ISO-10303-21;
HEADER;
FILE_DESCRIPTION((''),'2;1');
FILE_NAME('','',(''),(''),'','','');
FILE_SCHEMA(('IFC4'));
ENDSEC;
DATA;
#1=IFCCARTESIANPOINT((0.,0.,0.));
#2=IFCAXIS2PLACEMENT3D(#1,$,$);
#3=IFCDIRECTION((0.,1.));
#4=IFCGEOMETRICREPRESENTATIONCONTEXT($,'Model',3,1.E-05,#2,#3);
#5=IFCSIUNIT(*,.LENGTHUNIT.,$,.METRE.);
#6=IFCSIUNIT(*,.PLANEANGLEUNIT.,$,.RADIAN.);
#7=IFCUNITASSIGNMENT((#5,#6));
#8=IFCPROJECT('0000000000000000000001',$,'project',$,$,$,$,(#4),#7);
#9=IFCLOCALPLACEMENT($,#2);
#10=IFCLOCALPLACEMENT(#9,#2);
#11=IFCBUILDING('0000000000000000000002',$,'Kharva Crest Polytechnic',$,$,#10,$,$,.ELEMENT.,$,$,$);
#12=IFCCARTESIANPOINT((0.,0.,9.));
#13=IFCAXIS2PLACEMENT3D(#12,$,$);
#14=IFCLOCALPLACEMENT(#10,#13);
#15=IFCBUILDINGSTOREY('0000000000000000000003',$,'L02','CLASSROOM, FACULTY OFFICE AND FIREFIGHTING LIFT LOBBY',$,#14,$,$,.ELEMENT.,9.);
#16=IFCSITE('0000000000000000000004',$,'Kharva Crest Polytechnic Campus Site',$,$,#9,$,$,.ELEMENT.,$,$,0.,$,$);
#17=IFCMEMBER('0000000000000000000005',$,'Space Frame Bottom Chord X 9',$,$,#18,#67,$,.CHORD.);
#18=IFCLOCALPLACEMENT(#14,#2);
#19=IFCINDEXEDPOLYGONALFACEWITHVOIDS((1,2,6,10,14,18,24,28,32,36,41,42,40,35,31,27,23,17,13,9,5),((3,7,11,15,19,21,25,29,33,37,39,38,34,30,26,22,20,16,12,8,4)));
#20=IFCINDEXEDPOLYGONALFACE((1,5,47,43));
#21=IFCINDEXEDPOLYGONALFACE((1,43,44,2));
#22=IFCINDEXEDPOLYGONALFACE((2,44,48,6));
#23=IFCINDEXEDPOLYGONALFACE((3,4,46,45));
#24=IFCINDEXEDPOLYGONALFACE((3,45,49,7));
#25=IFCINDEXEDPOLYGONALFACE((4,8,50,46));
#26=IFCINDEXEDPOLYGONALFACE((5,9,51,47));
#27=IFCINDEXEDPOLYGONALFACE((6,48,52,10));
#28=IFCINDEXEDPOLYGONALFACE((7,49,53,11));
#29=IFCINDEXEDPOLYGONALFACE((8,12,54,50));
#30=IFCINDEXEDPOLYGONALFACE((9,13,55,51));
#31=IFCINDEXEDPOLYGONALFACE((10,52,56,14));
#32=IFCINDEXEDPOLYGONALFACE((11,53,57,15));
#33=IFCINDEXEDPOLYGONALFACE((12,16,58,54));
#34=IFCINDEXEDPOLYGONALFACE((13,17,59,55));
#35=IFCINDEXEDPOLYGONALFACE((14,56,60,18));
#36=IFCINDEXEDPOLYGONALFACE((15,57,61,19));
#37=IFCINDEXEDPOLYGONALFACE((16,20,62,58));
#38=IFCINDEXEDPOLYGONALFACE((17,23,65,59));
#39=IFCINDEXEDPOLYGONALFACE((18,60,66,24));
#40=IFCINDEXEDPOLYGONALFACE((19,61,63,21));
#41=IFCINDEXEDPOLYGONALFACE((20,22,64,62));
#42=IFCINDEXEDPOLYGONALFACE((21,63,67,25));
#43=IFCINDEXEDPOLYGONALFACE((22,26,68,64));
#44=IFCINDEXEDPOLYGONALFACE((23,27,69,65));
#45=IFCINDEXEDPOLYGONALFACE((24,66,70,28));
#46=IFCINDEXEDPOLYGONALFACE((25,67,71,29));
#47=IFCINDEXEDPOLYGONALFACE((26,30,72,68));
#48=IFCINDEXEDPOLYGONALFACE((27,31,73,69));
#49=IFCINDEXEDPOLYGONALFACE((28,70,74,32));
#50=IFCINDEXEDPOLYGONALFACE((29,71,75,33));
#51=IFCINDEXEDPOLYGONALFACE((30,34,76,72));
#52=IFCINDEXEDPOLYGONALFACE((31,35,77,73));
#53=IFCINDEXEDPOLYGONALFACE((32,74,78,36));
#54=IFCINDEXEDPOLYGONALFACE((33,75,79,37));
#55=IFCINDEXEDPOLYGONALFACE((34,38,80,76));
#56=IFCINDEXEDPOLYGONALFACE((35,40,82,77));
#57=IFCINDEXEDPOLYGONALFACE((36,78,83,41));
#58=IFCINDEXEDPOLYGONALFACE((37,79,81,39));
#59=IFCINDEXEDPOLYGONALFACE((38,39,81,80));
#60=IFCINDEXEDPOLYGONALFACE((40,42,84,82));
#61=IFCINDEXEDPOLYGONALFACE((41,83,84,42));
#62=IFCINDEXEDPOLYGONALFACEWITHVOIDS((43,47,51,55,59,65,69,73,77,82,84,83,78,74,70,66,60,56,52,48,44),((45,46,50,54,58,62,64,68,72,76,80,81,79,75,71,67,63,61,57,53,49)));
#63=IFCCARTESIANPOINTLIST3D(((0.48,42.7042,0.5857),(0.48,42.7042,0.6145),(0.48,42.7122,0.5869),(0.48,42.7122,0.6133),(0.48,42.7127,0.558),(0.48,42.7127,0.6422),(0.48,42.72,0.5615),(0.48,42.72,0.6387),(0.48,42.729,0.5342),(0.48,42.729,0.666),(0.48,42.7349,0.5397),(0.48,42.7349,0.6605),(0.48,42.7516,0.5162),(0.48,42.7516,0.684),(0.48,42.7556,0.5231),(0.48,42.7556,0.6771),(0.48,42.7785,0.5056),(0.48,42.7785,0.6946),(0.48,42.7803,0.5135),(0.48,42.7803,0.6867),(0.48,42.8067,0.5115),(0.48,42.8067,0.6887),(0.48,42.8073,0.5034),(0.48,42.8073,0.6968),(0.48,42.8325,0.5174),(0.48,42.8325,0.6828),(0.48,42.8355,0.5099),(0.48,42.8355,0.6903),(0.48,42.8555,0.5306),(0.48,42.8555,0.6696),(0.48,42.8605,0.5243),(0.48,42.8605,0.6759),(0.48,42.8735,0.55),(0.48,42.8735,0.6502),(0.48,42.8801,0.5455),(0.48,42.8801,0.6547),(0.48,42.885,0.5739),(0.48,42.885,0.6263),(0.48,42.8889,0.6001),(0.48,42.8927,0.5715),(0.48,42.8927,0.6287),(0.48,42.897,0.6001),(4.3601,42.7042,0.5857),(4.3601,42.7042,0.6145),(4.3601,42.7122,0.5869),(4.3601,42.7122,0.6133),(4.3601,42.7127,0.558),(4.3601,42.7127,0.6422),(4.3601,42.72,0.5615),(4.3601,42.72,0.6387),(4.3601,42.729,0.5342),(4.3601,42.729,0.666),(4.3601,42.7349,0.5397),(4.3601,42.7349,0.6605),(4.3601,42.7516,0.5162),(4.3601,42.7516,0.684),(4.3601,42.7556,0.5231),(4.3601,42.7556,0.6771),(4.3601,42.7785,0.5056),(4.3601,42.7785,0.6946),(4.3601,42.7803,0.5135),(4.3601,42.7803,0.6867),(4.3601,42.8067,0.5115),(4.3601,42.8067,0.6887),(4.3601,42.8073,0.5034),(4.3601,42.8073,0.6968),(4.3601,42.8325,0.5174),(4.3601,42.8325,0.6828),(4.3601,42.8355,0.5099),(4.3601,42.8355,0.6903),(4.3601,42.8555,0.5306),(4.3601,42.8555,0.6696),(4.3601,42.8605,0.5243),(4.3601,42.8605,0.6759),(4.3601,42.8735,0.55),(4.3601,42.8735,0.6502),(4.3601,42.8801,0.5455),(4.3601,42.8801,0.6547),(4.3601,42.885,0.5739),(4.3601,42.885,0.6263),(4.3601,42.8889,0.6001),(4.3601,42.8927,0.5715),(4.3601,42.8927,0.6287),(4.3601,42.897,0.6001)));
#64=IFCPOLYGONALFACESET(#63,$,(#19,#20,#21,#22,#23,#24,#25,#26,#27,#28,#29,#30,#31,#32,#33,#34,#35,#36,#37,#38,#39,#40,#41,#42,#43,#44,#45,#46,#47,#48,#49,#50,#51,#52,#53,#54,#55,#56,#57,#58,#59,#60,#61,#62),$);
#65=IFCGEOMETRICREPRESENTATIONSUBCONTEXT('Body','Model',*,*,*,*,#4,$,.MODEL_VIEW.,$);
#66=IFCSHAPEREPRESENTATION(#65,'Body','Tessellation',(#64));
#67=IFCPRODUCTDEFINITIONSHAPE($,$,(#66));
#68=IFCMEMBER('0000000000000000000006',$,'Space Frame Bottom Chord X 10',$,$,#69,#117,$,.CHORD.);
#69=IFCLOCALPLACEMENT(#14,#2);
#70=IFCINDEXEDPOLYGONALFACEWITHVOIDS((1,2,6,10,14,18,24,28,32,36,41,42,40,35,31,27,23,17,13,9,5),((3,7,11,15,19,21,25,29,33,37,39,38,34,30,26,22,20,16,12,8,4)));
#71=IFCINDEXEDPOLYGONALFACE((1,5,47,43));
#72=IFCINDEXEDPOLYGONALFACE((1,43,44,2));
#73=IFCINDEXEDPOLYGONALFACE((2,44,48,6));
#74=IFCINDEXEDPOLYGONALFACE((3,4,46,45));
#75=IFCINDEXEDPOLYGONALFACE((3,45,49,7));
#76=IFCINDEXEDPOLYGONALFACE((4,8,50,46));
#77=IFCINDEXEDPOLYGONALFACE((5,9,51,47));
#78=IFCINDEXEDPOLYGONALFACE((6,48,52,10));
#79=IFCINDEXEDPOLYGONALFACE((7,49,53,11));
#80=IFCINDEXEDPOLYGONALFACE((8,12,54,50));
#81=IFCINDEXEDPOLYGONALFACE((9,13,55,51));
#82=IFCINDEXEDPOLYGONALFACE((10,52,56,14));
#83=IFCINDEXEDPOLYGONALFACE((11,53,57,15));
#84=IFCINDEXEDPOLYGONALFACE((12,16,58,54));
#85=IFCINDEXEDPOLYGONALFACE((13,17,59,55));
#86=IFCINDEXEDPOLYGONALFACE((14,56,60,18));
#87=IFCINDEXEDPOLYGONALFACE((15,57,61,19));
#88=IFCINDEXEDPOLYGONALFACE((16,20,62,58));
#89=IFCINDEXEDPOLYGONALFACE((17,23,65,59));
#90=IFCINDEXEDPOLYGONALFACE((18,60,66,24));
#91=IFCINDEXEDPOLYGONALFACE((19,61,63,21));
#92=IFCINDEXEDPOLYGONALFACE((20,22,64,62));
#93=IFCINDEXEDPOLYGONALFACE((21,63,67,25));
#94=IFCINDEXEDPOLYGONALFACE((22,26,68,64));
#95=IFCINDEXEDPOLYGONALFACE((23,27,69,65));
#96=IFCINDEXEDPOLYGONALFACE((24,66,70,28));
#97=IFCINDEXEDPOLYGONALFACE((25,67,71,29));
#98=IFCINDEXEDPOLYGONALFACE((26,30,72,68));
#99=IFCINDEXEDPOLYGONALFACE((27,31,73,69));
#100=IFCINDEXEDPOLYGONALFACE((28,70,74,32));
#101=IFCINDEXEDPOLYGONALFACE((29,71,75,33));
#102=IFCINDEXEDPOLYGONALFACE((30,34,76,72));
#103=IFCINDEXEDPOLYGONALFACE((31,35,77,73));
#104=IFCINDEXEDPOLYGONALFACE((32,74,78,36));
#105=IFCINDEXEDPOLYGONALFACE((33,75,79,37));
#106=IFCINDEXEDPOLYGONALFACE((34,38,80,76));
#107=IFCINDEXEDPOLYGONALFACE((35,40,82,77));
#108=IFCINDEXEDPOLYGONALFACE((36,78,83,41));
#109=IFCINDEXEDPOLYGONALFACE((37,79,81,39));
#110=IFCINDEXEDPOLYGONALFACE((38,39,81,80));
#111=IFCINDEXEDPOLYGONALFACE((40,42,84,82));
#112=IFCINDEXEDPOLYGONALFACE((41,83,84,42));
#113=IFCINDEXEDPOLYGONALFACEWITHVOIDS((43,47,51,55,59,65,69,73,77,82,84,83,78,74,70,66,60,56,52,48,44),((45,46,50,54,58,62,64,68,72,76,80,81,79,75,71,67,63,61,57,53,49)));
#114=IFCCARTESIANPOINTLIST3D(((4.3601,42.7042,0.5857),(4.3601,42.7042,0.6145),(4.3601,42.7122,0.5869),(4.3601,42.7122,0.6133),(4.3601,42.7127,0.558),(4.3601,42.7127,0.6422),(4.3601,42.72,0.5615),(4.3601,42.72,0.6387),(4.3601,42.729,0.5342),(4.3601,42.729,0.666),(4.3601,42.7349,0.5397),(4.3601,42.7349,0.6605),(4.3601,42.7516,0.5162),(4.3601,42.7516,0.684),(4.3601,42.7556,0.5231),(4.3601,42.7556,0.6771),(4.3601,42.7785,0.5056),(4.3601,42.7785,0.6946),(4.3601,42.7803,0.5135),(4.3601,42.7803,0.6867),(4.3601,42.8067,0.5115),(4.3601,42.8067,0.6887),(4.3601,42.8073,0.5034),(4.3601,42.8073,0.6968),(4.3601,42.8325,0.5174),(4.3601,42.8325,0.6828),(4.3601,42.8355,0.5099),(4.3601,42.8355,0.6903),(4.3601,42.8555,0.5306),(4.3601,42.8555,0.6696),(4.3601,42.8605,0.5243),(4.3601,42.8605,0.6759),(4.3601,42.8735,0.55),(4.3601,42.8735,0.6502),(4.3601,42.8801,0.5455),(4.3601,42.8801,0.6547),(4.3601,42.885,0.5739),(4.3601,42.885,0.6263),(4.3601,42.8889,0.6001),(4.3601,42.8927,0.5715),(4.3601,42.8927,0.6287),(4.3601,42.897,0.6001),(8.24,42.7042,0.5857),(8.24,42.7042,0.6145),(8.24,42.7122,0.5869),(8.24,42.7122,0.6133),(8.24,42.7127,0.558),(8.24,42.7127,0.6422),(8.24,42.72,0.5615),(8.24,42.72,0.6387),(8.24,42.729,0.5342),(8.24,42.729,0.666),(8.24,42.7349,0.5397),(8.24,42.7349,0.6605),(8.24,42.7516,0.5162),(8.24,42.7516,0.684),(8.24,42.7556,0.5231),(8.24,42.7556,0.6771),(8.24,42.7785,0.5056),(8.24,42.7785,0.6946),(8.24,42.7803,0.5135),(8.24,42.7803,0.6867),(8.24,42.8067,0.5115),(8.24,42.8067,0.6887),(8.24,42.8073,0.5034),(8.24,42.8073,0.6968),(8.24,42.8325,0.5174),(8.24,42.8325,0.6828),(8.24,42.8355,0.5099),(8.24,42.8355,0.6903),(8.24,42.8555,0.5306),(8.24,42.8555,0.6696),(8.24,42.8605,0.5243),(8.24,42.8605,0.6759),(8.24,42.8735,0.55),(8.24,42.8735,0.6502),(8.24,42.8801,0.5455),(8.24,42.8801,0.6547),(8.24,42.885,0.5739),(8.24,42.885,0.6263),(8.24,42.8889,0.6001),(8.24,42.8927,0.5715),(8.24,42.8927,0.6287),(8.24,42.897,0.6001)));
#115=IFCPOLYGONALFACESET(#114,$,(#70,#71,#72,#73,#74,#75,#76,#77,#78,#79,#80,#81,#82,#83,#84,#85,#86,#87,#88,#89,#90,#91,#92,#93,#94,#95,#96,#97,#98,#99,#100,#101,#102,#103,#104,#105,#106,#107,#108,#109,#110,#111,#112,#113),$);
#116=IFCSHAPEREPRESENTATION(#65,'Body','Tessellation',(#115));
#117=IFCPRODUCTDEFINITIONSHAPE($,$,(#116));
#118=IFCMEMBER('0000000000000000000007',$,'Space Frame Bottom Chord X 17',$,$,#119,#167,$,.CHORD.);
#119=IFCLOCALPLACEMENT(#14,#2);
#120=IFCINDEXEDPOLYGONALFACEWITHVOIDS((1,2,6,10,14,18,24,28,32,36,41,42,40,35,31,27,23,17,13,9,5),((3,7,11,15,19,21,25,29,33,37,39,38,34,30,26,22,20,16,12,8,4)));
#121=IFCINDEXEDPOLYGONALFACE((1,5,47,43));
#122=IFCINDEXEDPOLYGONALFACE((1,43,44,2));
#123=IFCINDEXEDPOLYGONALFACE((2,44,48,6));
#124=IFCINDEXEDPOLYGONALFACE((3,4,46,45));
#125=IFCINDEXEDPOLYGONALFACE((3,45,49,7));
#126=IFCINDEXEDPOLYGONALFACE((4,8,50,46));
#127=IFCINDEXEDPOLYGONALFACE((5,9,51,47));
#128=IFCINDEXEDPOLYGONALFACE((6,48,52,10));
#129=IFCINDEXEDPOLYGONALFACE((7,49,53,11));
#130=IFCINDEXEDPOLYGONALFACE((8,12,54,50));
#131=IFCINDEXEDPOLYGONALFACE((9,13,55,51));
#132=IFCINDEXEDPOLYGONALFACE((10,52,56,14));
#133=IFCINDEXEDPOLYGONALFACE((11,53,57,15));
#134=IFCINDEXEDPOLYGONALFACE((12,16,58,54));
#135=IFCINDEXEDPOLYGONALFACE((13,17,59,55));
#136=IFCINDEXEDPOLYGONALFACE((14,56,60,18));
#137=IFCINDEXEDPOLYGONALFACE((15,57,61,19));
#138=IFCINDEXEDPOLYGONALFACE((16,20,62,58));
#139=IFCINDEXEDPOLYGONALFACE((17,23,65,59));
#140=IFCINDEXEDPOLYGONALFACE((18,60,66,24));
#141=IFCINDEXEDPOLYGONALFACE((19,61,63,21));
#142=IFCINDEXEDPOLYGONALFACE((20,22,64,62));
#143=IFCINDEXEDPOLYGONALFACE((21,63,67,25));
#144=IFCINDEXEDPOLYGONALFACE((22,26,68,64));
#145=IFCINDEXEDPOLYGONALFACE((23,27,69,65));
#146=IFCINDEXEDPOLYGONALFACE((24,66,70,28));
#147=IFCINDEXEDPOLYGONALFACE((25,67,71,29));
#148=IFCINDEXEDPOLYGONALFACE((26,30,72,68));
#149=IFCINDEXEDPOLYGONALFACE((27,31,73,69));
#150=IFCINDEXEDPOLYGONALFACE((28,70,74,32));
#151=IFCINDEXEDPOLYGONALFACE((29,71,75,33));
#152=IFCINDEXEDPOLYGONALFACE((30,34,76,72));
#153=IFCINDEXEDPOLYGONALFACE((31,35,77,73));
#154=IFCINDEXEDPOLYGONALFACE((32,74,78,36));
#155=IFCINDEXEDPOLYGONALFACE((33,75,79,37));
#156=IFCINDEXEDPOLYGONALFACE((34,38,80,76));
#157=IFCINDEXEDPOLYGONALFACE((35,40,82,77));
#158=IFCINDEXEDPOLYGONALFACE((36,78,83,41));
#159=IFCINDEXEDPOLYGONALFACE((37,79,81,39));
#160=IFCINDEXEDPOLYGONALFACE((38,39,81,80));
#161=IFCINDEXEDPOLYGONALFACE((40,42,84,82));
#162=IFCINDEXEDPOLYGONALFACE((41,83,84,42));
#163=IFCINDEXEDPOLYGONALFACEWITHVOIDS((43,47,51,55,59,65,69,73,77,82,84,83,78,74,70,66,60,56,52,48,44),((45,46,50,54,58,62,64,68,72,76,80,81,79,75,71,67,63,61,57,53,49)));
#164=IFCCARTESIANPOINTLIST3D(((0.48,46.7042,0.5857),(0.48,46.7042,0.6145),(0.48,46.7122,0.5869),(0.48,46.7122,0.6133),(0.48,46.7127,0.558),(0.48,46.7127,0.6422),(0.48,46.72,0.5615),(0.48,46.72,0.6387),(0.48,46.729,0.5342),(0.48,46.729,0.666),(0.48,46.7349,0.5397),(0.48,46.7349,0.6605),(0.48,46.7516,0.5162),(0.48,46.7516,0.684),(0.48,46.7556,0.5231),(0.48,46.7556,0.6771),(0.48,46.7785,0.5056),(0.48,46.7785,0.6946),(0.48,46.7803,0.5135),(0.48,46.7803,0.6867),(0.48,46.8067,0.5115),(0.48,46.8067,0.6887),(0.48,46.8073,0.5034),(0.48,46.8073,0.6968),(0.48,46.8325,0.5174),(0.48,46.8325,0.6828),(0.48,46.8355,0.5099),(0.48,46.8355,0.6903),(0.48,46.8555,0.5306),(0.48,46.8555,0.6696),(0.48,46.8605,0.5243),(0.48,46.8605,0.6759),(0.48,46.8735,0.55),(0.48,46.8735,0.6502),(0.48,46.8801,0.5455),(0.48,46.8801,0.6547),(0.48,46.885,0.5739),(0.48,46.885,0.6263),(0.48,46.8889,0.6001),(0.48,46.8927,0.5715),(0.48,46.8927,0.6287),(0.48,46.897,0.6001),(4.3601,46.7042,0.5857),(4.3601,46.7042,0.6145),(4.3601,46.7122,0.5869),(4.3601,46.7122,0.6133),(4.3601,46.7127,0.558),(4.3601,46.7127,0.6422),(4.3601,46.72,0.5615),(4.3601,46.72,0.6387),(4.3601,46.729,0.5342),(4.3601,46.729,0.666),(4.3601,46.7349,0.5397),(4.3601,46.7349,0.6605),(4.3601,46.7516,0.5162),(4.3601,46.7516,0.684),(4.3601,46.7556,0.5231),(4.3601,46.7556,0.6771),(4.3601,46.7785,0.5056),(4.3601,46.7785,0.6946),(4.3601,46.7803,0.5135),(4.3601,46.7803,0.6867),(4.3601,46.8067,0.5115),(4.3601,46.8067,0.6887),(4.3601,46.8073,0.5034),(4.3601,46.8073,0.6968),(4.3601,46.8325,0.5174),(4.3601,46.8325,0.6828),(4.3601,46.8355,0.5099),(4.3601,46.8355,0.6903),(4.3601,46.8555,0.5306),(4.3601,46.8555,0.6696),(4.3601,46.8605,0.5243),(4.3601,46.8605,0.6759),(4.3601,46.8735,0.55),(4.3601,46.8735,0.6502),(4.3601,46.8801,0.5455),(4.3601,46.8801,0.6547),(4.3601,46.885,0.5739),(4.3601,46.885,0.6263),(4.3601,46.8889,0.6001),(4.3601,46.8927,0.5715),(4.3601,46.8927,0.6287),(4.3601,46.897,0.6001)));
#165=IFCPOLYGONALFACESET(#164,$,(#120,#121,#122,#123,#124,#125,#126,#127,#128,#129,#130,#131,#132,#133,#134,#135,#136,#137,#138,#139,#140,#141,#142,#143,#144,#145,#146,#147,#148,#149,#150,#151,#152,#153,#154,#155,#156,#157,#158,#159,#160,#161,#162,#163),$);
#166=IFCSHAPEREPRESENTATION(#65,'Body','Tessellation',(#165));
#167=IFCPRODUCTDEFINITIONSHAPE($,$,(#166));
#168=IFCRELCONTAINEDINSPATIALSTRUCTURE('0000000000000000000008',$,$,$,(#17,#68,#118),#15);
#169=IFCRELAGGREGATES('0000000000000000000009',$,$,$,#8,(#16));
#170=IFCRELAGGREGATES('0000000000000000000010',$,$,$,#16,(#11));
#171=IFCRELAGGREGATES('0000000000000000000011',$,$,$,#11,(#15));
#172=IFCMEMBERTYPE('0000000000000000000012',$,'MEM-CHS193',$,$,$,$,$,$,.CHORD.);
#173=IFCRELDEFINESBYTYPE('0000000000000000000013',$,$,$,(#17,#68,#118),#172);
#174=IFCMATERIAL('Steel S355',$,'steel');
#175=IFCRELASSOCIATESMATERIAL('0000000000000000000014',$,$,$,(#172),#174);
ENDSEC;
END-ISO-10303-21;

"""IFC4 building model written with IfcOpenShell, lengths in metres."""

from ifc_helpers import new_model, si_unit, direction, frame, origin, origin_2d, place, context, subcontext, project, spatial, hollow_circle, extrude, material, material_profile, profile_set, type_object, element, save


model = new_model("IFC4")

# Units and contexts
model_context = context("Model", 3, precision=1e-05, world=origin(), true_north=direction((0.0, 1.0)))
body_context = subcontext(model_context, "Body", "Model", "MODEL_VIEW")
ifc_project = project(units=[si_unit("LENGTHUNIT", "METRE"), si_unit("PLANEANGLEUNIT", "RADIAN")], contexts=[model_context])

# Site, building, storey
site_placement = place(None, origin())
site = spatial("IfcSite", under=ifc_project, at=site_placement, Name="Kharva Crest Polytechnic Campus Site", CompositionType="ELEMENT", RefElevation=0.0)
building_placement = place(site_placement, origin())
building = spatial("IfcBuilding", under=site, at=building_placement, Name="Kharva Crest Polytechnic", CompositionType="ELEMENT")
storey_placement = place(building_placement, frame((0.0, 0.0, 9.0)))
storey = spatial("IfcBuildingStorey", under=building, at=storey_placement, Name="L02", Description="CLASSROOM, FACULTY OFFICE AND FIREFIGHTING LIFT LOBBY", CompositionType="ELEMENT", Elevation=9.0)

# Shared definitions
ifc_material_1 = material(Name="Steel S355", Category="steel")

# Members
ifc_material_profile_1 = material_profile(ifc_material_1, hollow_circle(Radius=0.0969, WallThickness=0.0081, at=origin_2d()), Name="CHS 193.7X8.0")
ifc_profile_set_1 = profile_set([ifc_material_profile_1], Name="Steel S355")
member_type_1 = type_object("IfcMemberType", Name="MEM-CHS193", PredefinedType="CHORD", material=ifc_profile_set_1)
member_1_placement = place(storey_placement, frame((0.48, 42.8, 0.6001), z_axis=(1.0, 0.0, 0.0), x_axis=(0.0, 1.0, 0.0)))
element("IfcMember", 1, at=member_1_placement, inside=storey, type_object=member_type_1, Name="Space Frame Bottom Chord X 9", PredefinedType="CHORD", context=body_context, shape_type="SweptSolid", body=[
    extrude(hollow_circle(Radius=0.0969, WallThickness=0.0081, at=origin_2d()), origin(), (0.0, 0.0, 1.0), 3.8801),
])
member_2_placement = place(storey_placement, frame((4.3601, 42.8, 0.6001), z_axis=(1.0, 0.0, 0.0), x_axis=(0.0, 1.0, 0.0)))
element("IfcMember", 2, at=member_2_placement, inside=storey, type_object=member_type_1, Name="Space Frame Bottom Chord X 10", PredefinedType="CHORD", context=body_context, shape_type="SweptSolid", body=[
    extrude(hollow_circle(Radius=0.0969, WallThickness=0.0081, at=origin_2d()), origin(), (0.0, 0.0, 1.0), 3.8799),
])
member_3_placement = place(storey_placement, frame((0.48, 46.8, 0.6001), z_axis=(1.0, 0.0, 0.0), x_axis=(0.0, 1.0, 0.0)))
element("IfcMember", 3, at=member_3_placement, inside=storey, type_object=member_type_1, Name="Space Frame Bottom Chord X 17", PredefinedType="CHORD", context=body_context, shape_type="SweptSolid", body=[
    extrude(hollow_circle(Radius=0.0969, WallThickness=0.0081, at=origin_2d()), origin(), (0.0, 0.0, 1.0), 3.8801),
])

save(model, "model.ifc")
